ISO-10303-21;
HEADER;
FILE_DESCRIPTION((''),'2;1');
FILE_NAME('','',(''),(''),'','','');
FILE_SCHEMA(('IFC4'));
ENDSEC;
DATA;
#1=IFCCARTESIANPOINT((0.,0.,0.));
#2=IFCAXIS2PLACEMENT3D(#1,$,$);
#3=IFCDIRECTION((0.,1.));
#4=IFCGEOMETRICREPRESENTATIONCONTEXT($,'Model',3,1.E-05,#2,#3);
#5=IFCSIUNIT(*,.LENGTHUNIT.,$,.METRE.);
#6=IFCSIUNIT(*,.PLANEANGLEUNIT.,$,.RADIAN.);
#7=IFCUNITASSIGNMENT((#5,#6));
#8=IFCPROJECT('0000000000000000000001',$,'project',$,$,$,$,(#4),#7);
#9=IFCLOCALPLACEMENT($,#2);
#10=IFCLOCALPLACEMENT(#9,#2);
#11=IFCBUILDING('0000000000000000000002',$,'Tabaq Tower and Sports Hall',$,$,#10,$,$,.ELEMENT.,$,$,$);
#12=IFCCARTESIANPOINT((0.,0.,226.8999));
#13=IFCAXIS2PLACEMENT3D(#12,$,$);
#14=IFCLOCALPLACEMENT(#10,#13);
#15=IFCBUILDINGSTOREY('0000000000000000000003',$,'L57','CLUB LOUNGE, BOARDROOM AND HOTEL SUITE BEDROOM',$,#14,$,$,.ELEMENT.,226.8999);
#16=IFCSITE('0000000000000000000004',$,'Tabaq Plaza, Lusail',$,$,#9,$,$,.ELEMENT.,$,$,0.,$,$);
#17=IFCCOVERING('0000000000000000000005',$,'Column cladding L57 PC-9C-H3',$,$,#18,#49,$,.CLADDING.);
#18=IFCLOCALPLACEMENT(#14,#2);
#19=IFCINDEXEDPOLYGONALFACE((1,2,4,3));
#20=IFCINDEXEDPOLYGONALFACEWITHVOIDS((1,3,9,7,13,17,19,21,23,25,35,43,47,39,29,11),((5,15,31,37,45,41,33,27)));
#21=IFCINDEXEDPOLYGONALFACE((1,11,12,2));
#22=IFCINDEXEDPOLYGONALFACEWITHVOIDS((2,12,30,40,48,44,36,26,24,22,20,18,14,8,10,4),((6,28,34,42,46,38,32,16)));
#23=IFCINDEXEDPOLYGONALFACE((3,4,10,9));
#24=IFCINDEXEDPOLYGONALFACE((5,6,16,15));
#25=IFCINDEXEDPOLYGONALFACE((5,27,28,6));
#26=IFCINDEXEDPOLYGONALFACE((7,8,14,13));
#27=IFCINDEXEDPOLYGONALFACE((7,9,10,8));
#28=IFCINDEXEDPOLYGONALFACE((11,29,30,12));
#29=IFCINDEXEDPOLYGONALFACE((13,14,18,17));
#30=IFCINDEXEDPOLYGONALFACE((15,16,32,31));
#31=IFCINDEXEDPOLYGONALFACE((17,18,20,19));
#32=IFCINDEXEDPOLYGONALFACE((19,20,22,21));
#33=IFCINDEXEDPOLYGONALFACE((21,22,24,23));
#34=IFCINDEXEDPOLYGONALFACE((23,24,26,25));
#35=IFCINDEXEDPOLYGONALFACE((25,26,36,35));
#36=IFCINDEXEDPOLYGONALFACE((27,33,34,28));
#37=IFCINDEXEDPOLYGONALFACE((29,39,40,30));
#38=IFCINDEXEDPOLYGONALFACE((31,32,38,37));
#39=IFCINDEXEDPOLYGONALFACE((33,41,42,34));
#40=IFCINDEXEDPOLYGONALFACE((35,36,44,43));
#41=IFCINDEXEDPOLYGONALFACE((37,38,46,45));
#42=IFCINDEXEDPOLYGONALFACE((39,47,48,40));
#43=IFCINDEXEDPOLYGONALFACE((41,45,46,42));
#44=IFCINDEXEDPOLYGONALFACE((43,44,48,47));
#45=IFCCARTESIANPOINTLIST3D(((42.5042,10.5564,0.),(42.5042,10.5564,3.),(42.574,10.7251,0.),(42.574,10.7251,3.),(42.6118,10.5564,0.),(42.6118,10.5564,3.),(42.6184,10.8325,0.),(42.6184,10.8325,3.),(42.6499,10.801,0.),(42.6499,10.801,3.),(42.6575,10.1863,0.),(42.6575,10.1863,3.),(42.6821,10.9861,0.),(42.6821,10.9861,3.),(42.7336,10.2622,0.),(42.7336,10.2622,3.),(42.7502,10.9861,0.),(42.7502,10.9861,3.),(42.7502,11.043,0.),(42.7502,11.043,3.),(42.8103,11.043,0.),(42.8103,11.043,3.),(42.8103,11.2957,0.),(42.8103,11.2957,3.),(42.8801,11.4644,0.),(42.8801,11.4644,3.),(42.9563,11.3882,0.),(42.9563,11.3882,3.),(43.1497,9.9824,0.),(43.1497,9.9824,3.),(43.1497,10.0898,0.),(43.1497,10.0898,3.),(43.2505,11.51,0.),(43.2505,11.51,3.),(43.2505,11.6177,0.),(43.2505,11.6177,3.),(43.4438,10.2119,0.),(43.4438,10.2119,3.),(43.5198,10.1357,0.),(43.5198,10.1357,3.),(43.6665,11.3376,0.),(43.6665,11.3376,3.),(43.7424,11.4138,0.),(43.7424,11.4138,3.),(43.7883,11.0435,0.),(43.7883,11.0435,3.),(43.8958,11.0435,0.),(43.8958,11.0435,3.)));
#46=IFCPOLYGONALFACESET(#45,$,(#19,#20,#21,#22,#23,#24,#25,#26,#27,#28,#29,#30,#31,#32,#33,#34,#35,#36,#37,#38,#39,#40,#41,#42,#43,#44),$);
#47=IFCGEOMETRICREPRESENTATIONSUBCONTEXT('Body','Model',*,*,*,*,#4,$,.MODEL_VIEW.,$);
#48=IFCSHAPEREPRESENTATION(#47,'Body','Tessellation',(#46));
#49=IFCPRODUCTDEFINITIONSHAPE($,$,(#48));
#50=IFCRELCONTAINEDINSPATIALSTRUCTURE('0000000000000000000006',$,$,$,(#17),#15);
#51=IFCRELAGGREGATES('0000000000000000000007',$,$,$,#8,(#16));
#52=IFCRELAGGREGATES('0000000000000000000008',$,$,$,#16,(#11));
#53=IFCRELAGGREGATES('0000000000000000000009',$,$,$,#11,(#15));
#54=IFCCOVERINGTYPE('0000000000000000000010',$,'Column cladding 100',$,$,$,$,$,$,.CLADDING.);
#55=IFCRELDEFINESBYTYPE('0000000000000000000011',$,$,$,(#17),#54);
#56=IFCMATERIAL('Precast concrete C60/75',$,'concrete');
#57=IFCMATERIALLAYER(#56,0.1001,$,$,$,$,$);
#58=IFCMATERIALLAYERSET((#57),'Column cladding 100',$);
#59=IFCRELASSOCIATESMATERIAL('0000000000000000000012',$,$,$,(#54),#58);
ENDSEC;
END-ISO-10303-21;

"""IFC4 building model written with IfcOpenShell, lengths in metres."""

from ifc_helpers import new_model, si_unit, direction, frame, origin, place, context, subcontext, project, spatial, polyline, outline, extrude, material, layer, layer_set, type_object, element, save


model = new_model("IFC4")

# Units and contexts
model_context = context("Model", 3, precision=1e-05, world=origin(), true_north=direction((0.0, 1.0)))
body_context = subcontext(model_context, "Body", "Model", "MODEL_VIEW")
ifc_project = project(units=[si_unit("LENGTHUNIT", "METRE"), si_unit("PLANEANGLEUNIT", "RADIAN")], contexts=[model_context])

# Site, building, storey
site_placement = place(None, origin())
site = spatial("IfcSite", under=ifc_project, at=site_placement, Name="Tabaq Plaza, Lusail", CompositionType="ELEMENT", RefElevation=0.0)
building_placement = place(site_placement, origin())
building = spatial("IfcBuilding", under=site, at=building_placement, Name="Tabaq Tower and Sports Hall", CompositionType="ELEMENT")
storey_placement = place(building_placement, frame((0.0, 0.0, 226.8999)))
storey = spatial("IfcBuildingStorey", under=building, at=storey_placement, Name="L57", Description="CLUB LOUNGE, BOARDROOM AND HOTEL SUITE BEDROOM", CompositionType="ELEMENT", Elevation=226.8999)

# Covering
ifc_material_1 = material(Name="Precast concrete C60/75", Category="concrete")
ifc_layer_1 = layer(ifc_material_1, 0.1001)
ifc_layer_set_1 = layer_set([ifc_layer_1], Name="Column cladding 100")
covering_type = type_object("IfcCoveringType", Name="Column cladding 100", PredefinedType="CLADDING", material=ifc_layer_set_1)
covering_1_placement = place(storey_placement, origin())
element("IfcCovering", 1, at=covering_1_placement, inside=storey, type_object=covering_type, Name="Column cladding L57 PC-9C-H3", PredefinedType="CLADDING", context=body_context, shape_type="SweptSolid", body=[
    extrude(outline(polyline([(42.6575, 10.1863), (42.5042, 10.5564), (42.574, 10.7251), (42.6499, 10.801), (42.6184, 10.8325), (42.6821, 10.9861), (42.7502, 10.9861), (42.7502, 11.043), (42.8103, 11.043), (42.8103, 11.2957), (42.8801, 11.4644), (43.2505, 11.6177), (43.7424, 11.4138), (43.8958, 11.0435), (43.5198, 10.1357), (43.1497, 9.9824), (42.6575, 10.1863)]), holes=[polyline([(43.6665, 11.3376), (43.2505, 11.51), (42.9563, 11.3882), (42.6118, 10.5564), (42.7336, 10.2622), (43.1497, 10.0898), (43.4438, 10.2119), (43.7883, 11.0435), (43.6665, 11.3376)])]), origin(), (0.0, 0.0, 1.0), 3.0),
])

save(model, "model.ifc")
